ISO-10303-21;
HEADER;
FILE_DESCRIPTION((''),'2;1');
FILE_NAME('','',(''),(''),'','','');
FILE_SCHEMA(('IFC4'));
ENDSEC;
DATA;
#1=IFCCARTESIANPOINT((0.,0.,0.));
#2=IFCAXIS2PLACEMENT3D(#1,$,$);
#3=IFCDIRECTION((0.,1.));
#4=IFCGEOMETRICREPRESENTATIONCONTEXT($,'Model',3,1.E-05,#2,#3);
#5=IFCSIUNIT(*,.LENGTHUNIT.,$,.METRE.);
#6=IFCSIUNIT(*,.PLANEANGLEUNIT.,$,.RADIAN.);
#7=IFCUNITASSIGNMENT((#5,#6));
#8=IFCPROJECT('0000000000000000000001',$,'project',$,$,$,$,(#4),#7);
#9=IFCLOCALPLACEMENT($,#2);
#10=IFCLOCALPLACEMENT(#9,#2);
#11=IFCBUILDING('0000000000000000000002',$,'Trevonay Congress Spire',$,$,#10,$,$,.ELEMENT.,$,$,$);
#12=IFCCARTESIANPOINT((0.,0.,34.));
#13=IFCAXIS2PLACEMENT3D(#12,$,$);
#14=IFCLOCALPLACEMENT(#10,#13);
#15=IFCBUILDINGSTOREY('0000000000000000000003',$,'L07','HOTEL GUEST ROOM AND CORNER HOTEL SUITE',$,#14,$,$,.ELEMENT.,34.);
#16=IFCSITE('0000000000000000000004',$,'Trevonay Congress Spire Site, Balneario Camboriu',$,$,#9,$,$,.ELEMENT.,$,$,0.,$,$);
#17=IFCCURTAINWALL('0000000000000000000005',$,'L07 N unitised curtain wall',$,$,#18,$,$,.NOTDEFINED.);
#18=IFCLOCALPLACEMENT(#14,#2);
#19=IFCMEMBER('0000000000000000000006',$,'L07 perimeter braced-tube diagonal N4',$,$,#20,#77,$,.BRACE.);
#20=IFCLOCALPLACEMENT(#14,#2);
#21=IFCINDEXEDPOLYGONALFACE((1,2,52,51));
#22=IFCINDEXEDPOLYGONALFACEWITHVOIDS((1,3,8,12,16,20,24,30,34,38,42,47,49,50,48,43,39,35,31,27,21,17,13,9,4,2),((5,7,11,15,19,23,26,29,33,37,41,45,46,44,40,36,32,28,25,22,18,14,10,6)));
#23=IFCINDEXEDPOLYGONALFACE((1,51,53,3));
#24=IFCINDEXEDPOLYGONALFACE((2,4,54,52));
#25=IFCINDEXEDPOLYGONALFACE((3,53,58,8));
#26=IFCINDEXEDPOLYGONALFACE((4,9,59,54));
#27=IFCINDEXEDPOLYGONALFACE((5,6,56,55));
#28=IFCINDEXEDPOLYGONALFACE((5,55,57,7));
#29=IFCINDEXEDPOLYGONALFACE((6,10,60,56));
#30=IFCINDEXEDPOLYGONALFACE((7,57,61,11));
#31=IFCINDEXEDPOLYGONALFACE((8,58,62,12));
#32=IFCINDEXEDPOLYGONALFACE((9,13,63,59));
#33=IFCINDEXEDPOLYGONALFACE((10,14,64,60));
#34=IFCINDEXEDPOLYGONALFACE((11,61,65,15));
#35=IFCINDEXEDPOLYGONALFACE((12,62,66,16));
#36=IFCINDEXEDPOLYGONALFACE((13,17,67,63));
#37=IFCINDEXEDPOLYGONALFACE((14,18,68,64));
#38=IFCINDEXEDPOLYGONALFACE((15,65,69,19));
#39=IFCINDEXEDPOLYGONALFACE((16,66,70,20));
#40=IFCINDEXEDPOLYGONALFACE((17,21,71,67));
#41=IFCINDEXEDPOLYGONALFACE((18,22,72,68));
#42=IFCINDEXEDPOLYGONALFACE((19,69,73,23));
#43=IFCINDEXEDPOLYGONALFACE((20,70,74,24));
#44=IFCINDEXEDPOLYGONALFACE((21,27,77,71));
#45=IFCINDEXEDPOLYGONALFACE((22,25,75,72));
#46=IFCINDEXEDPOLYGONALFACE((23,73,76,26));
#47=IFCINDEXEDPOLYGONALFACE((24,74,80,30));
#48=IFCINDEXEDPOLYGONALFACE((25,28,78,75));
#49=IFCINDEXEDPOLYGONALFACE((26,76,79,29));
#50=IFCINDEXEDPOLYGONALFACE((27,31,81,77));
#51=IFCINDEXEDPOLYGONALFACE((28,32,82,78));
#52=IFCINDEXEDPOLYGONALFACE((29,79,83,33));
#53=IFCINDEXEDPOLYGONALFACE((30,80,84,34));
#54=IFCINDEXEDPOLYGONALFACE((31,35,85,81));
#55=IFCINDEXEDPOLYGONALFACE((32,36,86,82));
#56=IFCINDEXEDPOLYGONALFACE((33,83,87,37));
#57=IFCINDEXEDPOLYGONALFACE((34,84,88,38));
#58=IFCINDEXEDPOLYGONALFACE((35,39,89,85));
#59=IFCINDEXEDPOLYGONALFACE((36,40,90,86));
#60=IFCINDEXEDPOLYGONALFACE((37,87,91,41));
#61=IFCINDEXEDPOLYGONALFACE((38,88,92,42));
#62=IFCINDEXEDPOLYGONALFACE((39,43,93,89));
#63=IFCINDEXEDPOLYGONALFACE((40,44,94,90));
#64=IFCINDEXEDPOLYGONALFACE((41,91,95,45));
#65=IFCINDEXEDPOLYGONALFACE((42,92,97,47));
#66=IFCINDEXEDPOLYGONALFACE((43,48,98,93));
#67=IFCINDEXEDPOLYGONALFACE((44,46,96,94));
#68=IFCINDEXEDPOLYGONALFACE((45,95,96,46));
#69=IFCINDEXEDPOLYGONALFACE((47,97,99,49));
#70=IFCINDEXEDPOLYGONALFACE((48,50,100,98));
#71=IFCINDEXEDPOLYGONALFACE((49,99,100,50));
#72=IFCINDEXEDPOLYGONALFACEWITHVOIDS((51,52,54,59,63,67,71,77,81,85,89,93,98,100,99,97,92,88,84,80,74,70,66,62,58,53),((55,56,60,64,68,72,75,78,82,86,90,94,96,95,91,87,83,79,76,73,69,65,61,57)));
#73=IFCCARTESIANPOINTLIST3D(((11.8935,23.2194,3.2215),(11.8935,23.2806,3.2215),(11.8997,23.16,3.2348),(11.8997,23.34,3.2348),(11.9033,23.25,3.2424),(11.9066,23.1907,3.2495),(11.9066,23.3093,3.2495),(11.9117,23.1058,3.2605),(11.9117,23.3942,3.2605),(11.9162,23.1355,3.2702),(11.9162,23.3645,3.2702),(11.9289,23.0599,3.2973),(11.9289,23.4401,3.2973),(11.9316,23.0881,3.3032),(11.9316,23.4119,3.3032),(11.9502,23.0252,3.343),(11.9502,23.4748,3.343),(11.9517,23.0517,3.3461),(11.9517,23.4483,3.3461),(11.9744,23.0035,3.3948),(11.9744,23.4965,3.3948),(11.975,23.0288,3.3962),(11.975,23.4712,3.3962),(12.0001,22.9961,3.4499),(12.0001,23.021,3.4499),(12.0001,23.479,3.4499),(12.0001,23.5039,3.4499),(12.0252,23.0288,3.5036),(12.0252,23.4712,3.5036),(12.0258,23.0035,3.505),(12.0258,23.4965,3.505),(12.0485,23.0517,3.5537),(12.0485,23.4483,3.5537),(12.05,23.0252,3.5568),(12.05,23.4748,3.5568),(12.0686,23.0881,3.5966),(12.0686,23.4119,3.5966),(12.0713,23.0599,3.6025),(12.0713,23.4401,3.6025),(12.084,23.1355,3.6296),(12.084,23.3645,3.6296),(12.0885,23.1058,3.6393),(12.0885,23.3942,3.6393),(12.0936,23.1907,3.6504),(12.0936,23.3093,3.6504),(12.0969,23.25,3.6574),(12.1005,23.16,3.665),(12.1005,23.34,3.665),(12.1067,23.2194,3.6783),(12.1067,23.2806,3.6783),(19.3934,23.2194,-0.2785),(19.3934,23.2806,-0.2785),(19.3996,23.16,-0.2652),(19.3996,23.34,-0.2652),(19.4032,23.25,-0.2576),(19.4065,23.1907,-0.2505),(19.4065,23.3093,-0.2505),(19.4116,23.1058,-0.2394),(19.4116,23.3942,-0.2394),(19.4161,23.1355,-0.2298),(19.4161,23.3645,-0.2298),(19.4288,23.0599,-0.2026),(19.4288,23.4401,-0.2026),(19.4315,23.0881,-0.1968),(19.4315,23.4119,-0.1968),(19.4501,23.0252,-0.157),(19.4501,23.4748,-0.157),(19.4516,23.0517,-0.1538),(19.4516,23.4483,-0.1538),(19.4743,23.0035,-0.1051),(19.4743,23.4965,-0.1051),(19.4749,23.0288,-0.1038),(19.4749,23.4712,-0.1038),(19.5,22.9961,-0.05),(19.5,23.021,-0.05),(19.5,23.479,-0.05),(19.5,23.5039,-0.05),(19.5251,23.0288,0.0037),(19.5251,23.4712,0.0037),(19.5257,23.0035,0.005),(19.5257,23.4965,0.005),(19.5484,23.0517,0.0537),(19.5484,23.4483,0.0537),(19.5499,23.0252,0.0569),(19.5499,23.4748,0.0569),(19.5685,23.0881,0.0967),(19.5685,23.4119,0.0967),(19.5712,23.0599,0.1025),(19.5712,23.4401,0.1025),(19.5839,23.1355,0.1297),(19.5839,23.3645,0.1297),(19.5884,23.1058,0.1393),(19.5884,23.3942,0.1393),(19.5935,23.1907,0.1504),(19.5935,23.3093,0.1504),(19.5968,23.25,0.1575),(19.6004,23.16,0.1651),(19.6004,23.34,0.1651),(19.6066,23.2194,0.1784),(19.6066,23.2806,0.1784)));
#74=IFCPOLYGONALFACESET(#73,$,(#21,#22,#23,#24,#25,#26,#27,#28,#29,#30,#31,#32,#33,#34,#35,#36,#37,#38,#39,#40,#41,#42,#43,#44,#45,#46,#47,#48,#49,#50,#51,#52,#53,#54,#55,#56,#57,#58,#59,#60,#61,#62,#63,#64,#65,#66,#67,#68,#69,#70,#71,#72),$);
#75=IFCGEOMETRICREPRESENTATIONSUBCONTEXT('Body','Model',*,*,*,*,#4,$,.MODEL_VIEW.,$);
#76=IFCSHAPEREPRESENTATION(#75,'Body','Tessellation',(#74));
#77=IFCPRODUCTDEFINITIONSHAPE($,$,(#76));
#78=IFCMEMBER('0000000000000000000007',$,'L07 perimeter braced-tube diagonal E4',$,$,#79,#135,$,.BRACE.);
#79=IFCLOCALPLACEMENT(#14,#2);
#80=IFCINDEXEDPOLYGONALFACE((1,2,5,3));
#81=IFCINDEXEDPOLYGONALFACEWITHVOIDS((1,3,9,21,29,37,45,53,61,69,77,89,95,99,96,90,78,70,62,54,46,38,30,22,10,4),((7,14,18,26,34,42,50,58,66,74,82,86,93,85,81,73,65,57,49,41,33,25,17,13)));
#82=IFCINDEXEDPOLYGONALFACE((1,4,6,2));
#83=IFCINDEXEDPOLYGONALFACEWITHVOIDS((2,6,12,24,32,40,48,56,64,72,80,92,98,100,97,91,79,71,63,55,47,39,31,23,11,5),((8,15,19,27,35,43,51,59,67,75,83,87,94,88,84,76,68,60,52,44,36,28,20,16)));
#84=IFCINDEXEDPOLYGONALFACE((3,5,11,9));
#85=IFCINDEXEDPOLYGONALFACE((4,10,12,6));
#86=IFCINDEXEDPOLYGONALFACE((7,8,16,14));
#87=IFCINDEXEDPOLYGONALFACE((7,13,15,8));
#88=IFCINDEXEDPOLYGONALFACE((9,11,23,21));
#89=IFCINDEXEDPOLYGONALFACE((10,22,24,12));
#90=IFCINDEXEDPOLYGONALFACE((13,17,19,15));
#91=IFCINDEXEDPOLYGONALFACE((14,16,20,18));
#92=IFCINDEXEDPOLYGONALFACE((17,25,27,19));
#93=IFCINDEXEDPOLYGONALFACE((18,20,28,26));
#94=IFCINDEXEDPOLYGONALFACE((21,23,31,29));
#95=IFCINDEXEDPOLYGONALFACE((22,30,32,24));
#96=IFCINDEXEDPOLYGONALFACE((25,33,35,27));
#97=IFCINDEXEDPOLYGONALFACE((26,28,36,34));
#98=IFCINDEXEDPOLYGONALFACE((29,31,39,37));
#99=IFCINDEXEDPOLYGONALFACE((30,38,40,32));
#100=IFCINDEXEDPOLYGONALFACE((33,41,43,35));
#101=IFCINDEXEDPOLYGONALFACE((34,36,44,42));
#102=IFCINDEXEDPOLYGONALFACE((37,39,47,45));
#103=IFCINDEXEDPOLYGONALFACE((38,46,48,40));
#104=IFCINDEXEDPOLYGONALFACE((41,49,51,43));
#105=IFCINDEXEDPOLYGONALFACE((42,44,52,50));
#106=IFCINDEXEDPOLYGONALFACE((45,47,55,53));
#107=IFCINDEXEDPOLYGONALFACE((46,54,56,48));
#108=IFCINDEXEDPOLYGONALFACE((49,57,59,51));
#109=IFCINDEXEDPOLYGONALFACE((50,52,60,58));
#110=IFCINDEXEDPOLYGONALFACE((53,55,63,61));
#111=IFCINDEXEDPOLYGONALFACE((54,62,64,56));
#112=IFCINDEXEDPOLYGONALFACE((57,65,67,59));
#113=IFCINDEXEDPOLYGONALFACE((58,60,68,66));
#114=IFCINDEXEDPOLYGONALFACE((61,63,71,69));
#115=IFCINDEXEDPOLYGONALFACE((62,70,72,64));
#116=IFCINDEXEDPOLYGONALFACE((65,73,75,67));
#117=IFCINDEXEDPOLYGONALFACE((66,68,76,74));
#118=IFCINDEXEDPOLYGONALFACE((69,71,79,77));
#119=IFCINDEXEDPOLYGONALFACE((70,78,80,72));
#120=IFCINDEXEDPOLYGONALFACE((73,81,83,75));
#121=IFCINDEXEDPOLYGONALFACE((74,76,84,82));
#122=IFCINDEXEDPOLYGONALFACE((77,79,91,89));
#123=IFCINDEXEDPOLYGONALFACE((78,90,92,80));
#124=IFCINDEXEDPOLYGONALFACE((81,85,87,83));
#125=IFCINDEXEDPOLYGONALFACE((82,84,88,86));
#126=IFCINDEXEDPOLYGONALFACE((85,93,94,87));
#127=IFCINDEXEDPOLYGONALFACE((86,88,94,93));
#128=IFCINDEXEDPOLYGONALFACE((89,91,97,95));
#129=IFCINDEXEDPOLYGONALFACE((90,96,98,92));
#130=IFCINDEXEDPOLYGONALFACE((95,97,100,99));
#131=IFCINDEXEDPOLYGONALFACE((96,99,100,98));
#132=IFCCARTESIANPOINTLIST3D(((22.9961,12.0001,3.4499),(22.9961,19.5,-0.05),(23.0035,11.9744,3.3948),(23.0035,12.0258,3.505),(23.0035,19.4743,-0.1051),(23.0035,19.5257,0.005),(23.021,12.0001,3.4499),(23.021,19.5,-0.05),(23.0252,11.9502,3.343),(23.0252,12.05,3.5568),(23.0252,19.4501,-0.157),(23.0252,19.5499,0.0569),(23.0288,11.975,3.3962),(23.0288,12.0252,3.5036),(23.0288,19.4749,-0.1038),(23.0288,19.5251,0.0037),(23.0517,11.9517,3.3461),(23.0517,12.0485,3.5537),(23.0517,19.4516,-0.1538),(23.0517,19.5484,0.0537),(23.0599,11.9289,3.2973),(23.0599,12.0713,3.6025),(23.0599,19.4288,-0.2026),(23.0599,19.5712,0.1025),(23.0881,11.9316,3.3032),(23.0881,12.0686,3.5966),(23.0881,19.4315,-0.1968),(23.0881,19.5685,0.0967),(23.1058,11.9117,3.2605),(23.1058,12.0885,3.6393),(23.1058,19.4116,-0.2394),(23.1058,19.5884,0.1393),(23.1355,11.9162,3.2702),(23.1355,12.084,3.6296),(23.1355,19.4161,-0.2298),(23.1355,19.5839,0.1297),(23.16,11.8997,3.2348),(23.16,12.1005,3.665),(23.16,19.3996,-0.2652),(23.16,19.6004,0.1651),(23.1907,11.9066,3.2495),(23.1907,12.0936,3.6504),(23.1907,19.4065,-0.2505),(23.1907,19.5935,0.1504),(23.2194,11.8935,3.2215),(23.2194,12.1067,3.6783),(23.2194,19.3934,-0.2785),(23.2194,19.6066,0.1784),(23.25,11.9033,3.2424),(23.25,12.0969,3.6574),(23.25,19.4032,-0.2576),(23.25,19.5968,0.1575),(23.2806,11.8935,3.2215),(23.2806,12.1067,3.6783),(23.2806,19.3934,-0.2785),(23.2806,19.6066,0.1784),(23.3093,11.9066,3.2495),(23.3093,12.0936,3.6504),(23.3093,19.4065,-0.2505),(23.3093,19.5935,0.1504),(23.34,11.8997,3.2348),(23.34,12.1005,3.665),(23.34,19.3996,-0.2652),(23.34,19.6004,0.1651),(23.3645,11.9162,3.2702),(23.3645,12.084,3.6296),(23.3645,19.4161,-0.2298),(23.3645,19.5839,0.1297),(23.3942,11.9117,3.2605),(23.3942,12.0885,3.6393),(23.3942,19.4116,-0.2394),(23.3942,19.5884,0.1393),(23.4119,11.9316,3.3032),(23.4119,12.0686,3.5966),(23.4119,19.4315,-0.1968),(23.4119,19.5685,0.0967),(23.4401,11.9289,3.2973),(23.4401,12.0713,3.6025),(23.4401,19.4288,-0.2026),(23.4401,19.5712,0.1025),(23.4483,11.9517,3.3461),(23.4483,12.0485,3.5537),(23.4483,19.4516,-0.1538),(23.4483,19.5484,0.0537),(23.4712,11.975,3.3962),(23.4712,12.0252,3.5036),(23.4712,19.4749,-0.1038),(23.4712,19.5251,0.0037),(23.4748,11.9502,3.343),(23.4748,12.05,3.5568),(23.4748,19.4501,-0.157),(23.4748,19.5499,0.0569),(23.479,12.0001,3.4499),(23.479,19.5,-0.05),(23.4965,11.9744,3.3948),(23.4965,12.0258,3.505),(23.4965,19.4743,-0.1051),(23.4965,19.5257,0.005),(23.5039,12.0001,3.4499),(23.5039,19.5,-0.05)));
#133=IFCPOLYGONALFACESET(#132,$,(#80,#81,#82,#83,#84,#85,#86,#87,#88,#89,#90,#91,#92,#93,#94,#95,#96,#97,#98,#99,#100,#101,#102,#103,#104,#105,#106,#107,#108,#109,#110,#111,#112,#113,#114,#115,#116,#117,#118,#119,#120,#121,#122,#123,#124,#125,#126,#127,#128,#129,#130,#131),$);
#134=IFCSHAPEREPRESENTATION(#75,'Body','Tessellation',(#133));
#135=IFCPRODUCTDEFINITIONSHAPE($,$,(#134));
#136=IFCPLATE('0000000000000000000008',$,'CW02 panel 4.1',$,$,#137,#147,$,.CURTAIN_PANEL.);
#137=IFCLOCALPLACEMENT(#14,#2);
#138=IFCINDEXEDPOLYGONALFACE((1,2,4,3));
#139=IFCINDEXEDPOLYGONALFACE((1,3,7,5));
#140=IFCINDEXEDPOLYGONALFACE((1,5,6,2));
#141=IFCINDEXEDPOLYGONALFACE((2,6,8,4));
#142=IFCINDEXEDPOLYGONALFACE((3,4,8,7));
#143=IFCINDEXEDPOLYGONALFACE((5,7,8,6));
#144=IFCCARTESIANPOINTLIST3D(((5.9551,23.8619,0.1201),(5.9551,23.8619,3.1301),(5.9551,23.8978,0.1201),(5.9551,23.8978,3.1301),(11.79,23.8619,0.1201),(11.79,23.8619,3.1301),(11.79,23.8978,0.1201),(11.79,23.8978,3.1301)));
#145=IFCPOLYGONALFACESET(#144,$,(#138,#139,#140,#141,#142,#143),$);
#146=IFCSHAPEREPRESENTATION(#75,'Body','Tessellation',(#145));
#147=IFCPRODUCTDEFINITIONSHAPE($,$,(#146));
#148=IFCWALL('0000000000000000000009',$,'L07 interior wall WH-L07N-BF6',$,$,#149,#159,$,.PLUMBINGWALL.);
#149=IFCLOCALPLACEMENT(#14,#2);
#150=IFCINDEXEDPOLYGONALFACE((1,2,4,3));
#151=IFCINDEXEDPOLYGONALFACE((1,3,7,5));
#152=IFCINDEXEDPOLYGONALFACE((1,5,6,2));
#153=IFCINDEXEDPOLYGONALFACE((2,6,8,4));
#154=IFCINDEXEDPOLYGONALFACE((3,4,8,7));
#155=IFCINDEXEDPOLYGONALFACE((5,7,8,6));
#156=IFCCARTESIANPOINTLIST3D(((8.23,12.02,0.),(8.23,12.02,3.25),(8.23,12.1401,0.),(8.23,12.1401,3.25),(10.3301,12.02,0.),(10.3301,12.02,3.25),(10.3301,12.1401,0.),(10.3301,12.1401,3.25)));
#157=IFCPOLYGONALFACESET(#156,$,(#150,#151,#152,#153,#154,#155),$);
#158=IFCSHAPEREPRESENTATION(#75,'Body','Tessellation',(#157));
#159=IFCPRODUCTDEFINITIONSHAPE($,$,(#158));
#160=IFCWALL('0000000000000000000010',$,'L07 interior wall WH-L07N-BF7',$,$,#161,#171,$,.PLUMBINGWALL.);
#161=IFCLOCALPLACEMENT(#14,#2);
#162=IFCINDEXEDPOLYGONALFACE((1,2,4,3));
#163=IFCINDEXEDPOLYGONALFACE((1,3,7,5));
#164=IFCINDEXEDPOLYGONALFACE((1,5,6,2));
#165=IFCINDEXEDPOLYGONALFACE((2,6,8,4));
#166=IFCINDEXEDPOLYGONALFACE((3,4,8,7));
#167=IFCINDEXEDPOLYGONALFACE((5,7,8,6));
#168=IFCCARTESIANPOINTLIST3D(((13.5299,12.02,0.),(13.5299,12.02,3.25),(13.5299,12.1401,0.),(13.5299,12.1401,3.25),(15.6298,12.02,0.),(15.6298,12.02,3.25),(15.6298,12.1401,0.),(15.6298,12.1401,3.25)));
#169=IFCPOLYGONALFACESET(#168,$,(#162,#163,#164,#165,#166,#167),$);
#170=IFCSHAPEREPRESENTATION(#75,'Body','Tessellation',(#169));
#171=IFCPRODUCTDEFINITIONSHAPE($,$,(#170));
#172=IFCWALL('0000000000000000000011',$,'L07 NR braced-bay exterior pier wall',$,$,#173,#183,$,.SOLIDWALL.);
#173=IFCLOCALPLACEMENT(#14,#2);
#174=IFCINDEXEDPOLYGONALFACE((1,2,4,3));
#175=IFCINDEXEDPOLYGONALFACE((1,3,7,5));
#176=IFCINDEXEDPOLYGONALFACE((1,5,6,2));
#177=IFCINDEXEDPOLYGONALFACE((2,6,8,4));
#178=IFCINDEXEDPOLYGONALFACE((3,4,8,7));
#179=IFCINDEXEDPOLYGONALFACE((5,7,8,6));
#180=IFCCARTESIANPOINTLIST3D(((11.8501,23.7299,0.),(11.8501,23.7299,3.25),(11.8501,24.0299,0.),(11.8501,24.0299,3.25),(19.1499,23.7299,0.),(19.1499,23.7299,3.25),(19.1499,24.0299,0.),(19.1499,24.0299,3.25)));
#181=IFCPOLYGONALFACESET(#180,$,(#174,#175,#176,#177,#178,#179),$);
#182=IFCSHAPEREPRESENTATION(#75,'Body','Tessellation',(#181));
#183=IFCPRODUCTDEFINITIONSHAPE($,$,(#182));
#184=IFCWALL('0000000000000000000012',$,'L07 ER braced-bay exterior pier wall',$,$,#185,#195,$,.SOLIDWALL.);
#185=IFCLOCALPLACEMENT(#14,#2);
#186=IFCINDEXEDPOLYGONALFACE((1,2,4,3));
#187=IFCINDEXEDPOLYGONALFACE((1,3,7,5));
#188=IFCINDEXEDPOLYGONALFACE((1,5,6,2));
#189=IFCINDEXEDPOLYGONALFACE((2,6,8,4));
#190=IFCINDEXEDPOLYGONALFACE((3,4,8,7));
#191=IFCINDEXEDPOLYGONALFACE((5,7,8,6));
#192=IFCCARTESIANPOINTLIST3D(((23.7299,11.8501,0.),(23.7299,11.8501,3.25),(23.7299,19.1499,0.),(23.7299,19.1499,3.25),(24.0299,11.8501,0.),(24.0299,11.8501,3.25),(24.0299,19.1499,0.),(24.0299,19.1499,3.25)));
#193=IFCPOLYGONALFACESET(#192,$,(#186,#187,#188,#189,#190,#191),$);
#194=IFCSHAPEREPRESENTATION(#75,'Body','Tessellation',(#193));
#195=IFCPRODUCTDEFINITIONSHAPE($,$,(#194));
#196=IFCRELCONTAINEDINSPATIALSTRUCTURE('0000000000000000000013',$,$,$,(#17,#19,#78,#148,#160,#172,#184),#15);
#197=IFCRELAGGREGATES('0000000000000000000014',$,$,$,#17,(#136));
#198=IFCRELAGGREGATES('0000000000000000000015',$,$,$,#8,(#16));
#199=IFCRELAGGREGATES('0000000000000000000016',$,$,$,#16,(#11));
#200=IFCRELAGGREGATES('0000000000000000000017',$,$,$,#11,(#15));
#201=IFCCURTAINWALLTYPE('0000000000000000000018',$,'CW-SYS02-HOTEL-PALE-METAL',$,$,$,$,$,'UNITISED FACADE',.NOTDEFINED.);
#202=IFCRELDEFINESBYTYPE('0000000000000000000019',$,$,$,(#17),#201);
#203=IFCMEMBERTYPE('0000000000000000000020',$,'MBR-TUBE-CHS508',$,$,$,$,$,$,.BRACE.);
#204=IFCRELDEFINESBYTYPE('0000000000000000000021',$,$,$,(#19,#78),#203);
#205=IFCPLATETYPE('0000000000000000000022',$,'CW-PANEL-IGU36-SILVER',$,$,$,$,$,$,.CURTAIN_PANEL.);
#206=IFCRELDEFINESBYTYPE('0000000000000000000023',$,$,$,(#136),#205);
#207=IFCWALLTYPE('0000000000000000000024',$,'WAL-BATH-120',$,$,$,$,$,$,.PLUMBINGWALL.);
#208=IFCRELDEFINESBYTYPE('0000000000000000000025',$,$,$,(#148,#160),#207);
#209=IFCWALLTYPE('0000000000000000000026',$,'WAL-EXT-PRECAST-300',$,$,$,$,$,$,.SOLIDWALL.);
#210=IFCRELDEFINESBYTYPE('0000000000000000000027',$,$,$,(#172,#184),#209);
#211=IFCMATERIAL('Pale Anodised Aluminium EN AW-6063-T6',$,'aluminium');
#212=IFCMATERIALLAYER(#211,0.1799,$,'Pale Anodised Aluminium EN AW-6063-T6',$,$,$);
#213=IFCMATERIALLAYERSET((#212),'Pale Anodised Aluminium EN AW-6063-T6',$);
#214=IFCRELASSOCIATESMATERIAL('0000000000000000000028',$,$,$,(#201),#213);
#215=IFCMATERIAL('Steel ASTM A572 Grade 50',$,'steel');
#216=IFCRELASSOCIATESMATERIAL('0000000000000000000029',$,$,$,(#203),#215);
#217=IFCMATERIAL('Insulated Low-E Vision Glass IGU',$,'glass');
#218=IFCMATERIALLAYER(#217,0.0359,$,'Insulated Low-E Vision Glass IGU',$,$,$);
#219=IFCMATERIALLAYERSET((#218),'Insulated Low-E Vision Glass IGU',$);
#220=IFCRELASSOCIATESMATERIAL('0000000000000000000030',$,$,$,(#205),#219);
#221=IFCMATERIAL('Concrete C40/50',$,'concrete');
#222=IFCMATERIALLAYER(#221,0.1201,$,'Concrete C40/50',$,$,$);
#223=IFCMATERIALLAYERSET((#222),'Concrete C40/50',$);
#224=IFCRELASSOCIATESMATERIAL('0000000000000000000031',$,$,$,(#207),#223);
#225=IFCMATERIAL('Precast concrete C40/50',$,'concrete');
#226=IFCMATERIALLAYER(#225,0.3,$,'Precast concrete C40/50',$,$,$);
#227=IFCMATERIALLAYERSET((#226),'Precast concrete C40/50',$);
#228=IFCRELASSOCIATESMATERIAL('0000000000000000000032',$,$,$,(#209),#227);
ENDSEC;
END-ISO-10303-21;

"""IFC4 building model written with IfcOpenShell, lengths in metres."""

from ifc_helpers import new_model, si_unit, direction, frame, frame_2d, origin, origin_2d, place, context, subcontext, project, spatial, rectangle, hollow_circle, extrude, material, layer, layer_set, material_profile, profile_set, type_object, element, aggregate, save


model = new_model("IFC4")

# Units and contexts
model_context = context("Model", 3, precision=1e-05, world=origin(), true_north=direction((0.0, 1.0)))
body_context = subcontext(model_context, "Body", "Model", "MODEL_VIEW")
ifc_project = project(units=[si_unit("LENGTHUNIT", "METRE"), si_unit("PLANEANGLEUNIT", "RADIAN")], contexts=[model_context])

# Site, building, storey
site_placement = place(None, origin())
site = spatial("IfcSite", under=ifc_project, at=site_placement, Name="Trevonay Congress Spire Site, Balneario Camboriu", CompositionType="ELEMENT", RefElevation=0.0)
building_placement = place(site_placement, origin())
building = spatial("IfcBuilding", under=site, at=building_placement, Name="Trevonay Congress Spire", CompositionType="ELEMENT")
storey_placement = place(building_placement, frame((0.0, 0.0, 34.0)))
storey = spatial("IfcBuildingStorey", under=building, at=storey_placement, Name="L07", Description="HOTEL GUEST ROOM AND CORNER HOTEL SUITE", CompositionType="ELEMENT", Elevation=34.0)

# Shared definitions
ifc_material_1 = material(Name="Steel ASTM A572 Grade 50", Category="steel")

# Curtain wall
ifc_material_2 = material(Name="Pale Anodised Aluminium EN AW-6063-T6", Category="aluminium")
ifc_layer_1 = layer(ifc_material_2, 0.1799, Name="Pale Anodised Aluminium EN AW-6063-T6")
ifc_layer_set_1 = layer_set([ifc_layer_1], Name="Pale Anodised Aluminium EN AW-6063-T6")
curtain_wall_type = type_object("IfcCurtainWallType", Name="CW-SYS02-HOTEL-PALE-METAL", ElementType="UNITISED FACADE", PredefinedType="NOTDEFINED", material=ifc_layer_set_1)
curtain_wall_1_placement = place(storey_placement, origin())
curtain_wall_1 = element("IfcCurtainWall", 1, at=curtain_wall_1_placement, inside=storey, type_object=curtain_wall_type, Name="L07 N unitised curtain wall", PredefinedType="NOTDEFINED")

# Members
ifc_material_profile_1 = material_profile(ifc_material_1, hollow_circle(Radius=0.2539, WallThickness=0.0249, at=origin_2d()), Name="CHS 508x25")
ifc_profile_set_1 = profile_set([ifc_material_profile_1], Name="Steel ASTM A572 Grade 50")
member_type_1 = type_object("IfcMemberType", Name="MBR-TUBE-CHS508", PredefinedType="BRACE", material=ifc_profile_set_1)
for number, where, z_axis, x_axis, name in (
    (2, (19.5, 23.25, -0.05), (-0.906183, 0.0, 0.422885), (0.0, -1.0, 0.0), "L07 perimeter braced-tube diagonal N4"),
    (3, (23.25, 19.5, -0.05), (0.0, -0.906183, 0.422885), (1.0, 0.0, 0.0), "L07 perimeter braced-tube diagonal E4"),
):
    element("IfcMember", number, at=place(storey_placement, frame(where, z_axis=z_axis, x_axis=x_axis)), inside=storey, type_object=member_type_1, Name=name, PredefinedType="BRACE", context=body_context, shape_type="SweptSolid", body=[
        extrude(hollow_circle(Radius=0.2539, WallThickness=0.0249, at=origin_2d()), origin(), (0.0, 0.0, 1.0), 8.2764),
    ])

# Plate
ifc_material_3 = material(Name="Insulated Low-E Vision Glass IGU", Category="glass")
ifc_layer_2 = layer(ifc_material_3, 0.0359, Name="Insulated Low-E Vision Glass IGU")
ifc_layer_set_2 = layer_set([ifc_layer_2], Name="Insulated Low-E Vision Glass IGU")
plate_type = type_object("IfcPlateType", Name="CW-PANEL-IGU36-SILVER", PredefinedType="CURTAIN_PANEL", material=ifc_layer_set_2)
plate_placement = place(storey_placement, frame((8.8726, 23.8799, 0.1201), z_axis=(0.0, 0.0, 1.0), x_axis=(1.0, 0.0, 0.0)))
plate = element("IfcPlate", 4, at=plate_placement, type_object=plate_type, Name="CW02 panel 4.1", PredefinedType="CURTAIN_PANEL", context=body_context, shape_type="SweptSolid", body=[
    extrude(rectangle(XDim=5.835, YDim=0.0359, at=origin_2d()), origin(), (0.0, 0.0, 1.0), 3.01),
])
aggregate(curtain_wall_1, [plate])

# Walls
ifc_material_4 = material(Name="Concrete C40/50", Category="concrete")
ifc_layer_3 = layer(ifc_material_4, 0.1201, Name="Concrete C40/50")
ifc_layer_set_3 = layer_set([ifc_layer_3], Name="Concrete C40/50")
wall_type_1 = type_object("IfcWallType", Name="WAL-BATH-120", PredefinedType="PLUMBINGWALL", material=ifc_layer_set_3)
wall_1_placement = place(storey_placement, frame((8.23, 12.0801, 0.0), z_axis=(0.0, 0.0, 1.0), x_axis=(1.0, 0.0, 0.0)))
element("IfcWall", 5, at=wall_1_placement, inside=storey, type_object=wall_type_1, Name="L07 interior wall WH-L07N-BF6", PredefinedType="PLUMBINGWALL", context=body_context, shape_type="SweptSolid", body=[
    extrude(rectangle(XDim=2.1001, YDim=0.1201, at=frame_2d((1.05, 0.0))), origin(), (0.0, 0.0, 1.0), 3.25),
])
wall_2_placement = place(storey_placement, frame((13.53, 12.0801, 0.0), z_axis=(0.0, 0.0, 1.0), x_axis=(1.0, 0.0, 0.0)))
element("IfcWall", 6, at=wall_2_placement, inside=storey, type_object=wall_type_1, Name="L07 interior wall WH-L07N-BF7", PredefinedType="PLUMBINGWALL", context=body_context, shape_type="SweptSolid", body=[
    extrude(rectangle(XDim=2.0999, YDim=0.1201, at=frame_2d((1.0498, 0.0))), origin(), (0.0, 0.0, 1.0), 3.25),
])
ifc_material_5 = material(Name="Precast concrete C40/50", Category="concrete")
ifc_layer_4 = layer(ifc_material_5, 0.3, Name="Precast concrete C40/50")
ifc_layer_set_4 = layer_set([ifc_layer_4], Name="Precast concrete C40/50")
wall_type_2 = type_object("IfcWallType", Name="WAL-EXT-PRECAST-300", PredefinedType="SOLIDWALL", material=ifc_layer_set_4)
for number, where, z_axis, x_axis, name in (
    (7, (11.8501, 23.8799, 0.0), (0.0, 0.0, 1.0), (1.0, 0.0, 0.0), "L07 NR braced-bay exterior pier wall"),
    (8, (23.8799, 11.8501, 0.0), (0.0, 0.0, 1.0), (0.0, 1.0, 0.0), "L07 ER braced-bay exterior pier wall"),
):
    element("IfcWall", number, at=place(storey_placement, frame(where, z_axis=z_axis, x_axis=x_axis)), inside=storey, type_object=wall_type_2, Name=name, PredefinedType="SOLIDWALL", context=body_context, shape_type="SweptSolid", body=[
        extrude(rectangle(XDim=7.2998, YDim=0.3, at=frame_2d((3.6499, 0.0))), origin(), (0.0, 0.0, 1.0), 3.25),
    ])

save(model, "model.ifc")
